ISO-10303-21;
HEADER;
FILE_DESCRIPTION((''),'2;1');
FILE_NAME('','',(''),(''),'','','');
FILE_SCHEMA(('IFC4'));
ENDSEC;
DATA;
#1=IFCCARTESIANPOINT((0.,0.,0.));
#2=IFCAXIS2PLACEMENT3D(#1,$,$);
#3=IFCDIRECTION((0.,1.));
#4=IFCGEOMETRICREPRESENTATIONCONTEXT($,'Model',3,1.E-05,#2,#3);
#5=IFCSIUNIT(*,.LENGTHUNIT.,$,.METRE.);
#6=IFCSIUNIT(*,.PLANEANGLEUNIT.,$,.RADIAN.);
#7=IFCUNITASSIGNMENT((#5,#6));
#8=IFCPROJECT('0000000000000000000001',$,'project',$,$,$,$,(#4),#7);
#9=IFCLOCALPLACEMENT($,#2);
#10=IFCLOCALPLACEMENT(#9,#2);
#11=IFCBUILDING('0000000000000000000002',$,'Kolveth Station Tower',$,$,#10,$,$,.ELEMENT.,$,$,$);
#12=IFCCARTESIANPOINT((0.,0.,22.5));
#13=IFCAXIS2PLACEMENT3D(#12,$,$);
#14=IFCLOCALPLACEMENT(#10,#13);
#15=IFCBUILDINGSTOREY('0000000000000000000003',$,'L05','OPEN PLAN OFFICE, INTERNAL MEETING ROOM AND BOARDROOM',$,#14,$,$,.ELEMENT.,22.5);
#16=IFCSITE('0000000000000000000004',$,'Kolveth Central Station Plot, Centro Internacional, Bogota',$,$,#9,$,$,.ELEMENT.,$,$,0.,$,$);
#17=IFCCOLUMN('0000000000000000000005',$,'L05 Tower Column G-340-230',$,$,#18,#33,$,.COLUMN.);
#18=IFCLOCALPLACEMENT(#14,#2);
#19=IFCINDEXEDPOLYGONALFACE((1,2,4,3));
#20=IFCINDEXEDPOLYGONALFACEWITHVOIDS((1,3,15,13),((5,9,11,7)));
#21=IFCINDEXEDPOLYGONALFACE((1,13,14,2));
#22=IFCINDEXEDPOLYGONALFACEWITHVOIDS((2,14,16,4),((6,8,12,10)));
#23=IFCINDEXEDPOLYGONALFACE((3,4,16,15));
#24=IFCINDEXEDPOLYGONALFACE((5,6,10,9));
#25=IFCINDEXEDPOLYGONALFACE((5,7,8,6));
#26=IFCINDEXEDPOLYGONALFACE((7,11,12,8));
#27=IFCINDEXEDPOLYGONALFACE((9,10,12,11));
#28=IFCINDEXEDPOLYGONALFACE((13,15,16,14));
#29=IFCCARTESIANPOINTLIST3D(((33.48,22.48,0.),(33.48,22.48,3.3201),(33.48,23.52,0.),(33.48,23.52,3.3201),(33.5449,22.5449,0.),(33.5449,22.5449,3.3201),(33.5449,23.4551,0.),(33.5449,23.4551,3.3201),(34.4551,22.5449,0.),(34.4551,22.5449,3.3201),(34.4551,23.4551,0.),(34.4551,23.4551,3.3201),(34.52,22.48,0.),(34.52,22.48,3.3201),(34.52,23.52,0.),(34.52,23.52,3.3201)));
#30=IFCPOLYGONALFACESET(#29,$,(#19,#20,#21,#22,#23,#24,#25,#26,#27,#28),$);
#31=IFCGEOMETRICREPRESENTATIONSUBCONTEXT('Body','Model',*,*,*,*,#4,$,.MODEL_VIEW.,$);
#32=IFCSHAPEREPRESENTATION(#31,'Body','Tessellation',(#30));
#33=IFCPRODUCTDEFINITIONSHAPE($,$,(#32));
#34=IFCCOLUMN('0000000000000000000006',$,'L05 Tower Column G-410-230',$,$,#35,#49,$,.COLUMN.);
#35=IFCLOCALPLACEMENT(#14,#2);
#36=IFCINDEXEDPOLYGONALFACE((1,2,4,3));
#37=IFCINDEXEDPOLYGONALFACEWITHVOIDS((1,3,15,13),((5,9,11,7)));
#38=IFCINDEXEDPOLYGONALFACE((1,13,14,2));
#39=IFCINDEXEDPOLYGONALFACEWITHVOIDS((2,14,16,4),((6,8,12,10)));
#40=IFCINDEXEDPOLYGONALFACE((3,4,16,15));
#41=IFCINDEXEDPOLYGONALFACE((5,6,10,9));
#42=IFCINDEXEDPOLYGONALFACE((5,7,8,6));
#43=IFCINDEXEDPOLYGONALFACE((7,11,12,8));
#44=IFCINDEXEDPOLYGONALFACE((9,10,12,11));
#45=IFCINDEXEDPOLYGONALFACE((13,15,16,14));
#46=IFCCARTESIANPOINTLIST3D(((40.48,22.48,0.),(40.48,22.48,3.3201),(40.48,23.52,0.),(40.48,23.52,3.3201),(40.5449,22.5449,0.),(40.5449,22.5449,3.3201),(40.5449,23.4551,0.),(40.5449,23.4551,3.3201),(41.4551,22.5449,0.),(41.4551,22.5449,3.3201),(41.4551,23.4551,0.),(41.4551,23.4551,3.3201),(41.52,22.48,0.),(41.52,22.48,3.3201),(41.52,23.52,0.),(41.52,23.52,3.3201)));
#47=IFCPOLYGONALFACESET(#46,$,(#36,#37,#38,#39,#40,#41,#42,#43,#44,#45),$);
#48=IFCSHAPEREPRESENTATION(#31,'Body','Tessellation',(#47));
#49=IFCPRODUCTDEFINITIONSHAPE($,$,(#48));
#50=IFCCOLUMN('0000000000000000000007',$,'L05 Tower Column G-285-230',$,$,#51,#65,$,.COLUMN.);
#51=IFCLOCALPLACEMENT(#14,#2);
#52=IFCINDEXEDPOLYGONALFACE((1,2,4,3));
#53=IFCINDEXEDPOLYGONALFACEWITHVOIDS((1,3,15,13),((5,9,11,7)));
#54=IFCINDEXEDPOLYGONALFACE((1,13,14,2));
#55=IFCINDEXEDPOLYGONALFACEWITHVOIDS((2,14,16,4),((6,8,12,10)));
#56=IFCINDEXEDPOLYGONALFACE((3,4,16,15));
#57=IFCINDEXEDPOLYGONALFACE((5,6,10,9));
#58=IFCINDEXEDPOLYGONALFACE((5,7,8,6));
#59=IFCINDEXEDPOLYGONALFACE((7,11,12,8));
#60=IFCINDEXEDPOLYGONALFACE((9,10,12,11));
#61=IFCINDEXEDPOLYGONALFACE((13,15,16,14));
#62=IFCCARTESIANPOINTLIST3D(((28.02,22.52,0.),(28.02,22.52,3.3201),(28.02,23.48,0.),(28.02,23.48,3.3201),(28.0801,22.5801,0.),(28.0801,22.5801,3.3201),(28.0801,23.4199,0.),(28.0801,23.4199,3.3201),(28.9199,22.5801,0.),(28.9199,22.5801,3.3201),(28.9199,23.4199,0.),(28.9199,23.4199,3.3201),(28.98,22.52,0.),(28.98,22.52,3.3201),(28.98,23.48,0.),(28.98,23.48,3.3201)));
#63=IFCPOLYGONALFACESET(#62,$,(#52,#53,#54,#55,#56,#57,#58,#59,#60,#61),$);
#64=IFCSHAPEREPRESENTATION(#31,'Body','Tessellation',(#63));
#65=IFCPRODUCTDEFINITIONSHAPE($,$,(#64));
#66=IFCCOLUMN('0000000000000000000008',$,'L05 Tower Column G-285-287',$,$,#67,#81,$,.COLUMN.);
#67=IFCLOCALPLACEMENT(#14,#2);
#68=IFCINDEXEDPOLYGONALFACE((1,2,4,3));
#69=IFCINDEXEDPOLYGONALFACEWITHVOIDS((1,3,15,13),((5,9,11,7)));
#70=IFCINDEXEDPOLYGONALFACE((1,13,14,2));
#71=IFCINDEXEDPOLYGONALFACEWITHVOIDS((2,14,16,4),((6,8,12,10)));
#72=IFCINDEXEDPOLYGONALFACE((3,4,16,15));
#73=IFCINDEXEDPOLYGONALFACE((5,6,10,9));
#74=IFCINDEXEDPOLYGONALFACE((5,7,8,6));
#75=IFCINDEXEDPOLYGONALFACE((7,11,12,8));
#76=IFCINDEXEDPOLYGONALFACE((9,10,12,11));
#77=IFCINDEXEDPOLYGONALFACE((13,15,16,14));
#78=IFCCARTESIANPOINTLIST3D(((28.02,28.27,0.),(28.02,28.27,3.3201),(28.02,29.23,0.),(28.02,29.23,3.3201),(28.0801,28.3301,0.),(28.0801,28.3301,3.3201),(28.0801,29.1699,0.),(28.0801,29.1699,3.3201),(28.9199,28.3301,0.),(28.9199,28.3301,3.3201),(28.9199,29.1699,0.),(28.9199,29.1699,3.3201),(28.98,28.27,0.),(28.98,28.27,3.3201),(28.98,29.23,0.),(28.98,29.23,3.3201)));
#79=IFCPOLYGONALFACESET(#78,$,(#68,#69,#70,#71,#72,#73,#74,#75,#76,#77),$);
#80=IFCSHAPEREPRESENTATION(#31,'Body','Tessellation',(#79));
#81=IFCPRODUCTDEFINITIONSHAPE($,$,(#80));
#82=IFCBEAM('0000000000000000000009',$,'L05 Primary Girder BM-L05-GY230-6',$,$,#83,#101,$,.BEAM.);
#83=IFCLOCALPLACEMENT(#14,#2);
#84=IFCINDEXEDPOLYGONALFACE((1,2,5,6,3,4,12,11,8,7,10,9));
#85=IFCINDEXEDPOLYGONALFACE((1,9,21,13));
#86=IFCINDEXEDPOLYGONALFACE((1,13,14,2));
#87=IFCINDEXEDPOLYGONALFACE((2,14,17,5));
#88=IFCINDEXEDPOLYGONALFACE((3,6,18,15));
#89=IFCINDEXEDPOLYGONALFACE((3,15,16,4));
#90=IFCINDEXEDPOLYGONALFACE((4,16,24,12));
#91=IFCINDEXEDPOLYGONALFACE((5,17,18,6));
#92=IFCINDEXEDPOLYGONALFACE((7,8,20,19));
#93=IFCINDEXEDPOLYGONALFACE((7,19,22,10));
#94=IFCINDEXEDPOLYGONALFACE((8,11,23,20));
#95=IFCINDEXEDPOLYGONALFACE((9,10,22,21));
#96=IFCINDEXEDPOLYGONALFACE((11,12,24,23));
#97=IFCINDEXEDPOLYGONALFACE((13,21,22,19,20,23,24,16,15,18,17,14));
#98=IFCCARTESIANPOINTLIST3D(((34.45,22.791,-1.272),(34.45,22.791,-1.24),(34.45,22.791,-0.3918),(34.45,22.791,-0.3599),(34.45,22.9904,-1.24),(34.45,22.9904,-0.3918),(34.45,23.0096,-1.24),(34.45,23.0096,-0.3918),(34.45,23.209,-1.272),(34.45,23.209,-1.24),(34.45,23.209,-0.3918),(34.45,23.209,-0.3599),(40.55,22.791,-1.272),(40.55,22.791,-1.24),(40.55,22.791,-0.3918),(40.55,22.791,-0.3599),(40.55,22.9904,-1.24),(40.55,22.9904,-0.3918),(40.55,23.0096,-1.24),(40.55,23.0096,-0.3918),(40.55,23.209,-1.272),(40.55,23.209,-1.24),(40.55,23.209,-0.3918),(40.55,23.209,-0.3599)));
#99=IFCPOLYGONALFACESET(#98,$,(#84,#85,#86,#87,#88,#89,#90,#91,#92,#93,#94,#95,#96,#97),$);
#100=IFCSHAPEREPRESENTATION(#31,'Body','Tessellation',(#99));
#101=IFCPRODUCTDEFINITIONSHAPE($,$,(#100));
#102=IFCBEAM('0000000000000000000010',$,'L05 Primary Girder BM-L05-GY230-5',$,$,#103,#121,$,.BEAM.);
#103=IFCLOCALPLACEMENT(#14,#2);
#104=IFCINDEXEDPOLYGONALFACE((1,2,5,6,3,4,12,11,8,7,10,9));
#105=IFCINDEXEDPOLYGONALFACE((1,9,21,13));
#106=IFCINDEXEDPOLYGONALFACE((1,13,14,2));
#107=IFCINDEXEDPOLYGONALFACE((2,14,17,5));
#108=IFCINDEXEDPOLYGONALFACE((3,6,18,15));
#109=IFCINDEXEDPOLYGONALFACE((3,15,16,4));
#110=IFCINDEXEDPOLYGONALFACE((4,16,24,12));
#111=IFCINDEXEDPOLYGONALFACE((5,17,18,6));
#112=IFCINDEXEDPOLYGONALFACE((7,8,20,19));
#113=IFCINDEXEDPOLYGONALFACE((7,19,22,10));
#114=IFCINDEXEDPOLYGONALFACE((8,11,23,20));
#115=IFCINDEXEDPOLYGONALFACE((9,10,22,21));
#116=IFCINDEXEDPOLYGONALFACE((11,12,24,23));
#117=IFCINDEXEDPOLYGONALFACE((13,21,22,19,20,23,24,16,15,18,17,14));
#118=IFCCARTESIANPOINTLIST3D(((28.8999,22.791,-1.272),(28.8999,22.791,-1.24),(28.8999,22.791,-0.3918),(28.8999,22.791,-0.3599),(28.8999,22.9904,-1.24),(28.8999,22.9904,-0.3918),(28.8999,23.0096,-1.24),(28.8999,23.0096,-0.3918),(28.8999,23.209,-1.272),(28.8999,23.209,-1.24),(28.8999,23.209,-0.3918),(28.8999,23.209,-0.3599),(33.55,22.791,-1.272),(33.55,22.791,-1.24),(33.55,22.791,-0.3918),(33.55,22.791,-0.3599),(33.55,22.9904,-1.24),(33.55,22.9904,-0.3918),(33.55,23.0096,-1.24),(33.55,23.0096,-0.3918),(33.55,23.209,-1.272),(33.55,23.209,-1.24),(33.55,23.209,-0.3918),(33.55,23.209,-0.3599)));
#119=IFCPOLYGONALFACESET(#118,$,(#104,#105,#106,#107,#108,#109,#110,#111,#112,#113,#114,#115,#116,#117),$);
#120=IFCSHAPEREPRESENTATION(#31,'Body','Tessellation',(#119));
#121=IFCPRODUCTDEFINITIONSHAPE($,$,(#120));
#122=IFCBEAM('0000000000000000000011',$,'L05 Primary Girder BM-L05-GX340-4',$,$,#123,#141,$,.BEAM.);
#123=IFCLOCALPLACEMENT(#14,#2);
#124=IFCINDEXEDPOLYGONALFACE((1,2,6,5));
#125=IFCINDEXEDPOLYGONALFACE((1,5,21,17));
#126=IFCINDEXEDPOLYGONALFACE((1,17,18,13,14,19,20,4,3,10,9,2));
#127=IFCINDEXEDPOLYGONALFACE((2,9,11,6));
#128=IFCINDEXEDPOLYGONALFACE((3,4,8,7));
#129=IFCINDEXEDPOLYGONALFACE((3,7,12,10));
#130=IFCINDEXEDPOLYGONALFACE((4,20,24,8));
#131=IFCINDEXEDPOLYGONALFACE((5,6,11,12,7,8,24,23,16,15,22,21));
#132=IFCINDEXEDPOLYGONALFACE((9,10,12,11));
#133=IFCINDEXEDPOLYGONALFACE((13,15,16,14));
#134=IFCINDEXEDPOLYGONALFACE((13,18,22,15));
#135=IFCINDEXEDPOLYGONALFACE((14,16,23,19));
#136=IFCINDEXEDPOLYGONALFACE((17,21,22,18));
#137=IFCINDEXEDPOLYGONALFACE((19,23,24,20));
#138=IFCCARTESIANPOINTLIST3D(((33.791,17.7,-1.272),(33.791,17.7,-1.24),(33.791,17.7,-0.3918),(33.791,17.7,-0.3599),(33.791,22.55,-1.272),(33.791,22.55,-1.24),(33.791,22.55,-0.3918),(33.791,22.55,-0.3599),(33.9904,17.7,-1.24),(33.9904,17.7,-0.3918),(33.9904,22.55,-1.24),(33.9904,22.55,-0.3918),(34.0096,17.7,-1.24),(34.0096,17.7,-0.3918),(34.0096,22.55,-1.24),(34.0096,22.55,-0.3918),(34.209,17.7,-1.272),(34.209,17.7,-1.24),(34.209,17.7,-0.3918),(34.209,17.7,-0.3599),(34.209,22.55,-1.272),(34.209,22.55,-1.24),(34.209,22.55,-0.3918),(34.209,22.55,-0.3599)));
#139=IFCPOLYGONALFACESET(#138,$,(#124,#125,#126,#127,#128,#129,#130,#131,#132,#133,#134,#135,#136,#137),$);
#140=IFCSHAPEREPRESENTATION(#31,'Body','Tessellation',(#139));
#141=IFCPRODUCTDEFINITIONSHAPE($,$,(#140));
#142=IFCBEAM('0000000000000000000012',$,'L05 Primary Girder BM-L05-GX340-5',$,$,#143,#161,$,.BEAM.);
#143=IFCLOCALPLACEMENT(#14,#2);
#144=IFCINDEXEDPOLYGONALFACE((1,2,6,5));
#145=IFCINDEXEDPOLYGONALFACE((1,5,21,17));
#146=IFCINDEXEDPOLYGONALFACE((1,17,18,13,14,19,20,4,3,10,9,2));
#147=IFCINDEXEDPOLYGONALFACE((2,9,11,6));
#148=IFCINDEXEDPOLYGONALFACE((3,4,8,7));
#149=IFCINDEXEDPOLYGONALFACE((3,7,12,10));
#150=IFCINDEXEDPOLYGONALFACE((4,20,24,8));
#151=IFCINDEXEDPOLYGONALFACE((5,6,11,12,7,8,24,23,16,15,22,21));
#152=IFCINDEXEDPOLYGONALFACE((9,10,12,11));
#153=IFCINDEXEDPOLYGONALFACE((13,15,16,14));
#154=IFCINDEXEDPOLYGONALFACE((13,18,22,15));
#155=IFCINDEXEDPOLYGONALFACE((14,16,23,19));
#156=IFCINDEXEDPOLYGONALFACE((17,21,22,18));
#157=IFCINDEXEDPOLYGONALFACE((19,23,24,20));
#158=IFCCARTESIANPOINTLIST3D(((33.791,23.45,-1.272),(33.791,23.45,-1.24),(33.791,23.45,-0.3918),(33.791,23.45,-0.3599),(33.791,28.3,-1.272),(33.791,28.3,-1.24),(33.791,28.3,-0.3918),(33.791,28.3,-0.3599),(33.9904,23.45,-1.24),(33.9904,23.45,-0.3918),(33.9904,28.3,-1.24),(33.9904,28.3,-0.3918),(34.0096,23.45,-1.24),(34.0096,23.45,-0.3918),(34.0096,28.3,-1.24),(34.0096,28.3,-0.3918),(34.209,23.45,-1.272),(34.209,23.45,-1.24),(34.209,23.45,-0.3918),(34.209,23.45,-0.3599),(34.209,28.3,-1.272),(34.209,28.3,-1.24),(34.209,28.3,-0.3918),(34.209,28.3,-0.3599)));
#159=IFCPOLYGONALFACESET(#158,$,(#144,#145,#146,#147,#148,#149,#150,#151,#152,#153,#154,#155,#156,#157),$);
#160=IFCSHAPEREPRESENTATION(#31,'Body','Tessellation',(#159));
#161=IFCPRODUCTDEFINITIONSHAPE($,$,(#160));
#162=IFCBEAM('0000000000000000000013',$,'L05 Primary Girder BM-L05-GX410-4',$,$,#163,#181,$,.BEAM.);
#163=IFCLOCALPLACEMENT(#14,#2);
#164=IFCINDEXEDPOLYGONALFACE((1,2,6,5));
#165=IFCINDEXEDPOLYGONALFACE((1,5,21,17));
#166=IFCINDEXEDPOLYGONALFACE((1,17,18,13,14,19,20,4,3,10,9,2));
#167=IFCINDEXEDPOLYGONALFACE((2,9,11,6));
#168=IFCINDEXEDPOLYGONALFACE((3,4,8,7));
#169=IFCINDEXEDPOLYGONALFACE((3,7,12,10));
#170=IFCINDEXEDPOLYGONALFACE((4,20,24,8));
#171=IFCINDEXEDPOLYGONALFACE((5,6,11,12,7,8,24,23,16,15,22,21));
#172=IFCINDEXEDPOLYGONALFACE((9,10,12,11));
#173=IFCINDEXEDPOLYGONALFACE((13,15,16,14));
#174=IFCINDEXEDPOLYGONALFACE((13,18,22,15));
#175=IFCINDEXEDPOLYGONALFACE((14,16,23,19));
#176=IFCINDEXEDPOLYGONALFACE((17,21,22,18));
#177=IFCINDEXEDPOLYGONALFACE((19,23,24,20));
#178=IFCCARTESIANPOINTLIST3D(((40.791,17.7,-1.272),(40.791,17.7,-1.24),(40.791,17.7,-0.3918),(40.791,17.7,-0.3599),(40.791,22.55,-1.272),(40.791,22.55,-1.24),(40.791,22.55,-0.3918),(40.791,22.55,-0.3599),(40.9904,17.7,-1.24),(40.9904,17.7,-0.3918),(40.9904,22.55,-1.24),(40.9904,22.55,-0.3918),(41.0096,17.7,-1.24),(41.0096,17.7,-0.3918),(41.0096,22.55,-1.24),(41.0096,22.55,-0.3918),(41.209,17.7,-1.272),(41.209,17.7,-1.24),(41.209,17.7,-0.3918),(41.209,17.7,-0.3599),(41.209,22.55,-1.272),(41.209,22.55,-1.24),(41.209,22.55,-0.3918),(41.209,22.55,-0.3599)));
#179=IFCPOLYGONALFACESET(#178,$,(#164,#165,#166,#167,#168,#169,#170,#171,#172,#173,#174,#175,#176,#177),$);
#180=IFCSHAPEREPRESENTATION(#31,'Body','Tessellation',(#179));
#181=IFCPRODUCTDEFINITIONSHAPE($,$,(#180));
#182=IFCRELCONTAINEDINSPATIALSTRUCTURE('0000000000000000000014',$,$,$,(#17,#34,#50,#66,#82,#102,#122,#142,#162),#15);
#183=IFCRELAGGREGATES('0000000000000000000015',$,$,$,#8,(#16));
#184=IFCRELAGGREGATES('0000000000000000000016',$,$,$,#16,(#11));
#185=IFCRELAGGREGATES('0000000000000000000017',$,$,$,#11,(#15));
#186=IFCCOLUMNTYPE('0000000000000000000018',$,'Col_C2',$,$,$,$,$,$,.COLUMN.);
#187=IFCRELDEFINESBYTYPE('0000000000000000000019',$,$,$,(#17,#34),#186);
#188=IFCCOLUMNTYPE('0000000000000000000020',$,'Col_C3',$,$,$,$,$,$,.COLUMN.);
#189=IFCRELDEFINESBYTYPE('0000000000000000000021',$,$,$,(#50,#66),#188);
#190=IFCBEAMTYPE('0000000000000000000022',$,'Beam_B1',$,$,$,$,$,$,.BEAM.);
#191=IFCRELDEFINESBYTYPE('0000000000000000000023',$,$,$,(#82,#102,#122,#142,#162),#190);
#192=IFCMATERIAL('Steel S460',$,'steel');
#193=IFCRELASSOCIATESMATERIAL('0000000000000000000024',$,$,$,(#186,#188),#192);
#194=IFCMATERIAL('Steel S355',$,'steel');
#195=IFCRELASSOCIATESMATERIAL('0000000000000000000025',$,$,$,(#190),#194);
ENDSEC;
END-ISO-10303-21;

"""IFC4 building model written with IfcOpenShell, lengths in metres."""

from ifc_helpers import new_model, si_unit, direction, frame, origin, origin_2d, place, context, subcontext, project, spatial, hollow_rectangle, i_section, extrude, source, transform, mapped, material, material_profile, profile_set, type_object, element, save


model = new_model("IFC4")

# Units and contexts
model_context = context("Model", 3, precision=1e-05, world=origin(), true_north=direction((0.0, 1.0)))
body_context = subcontext(model_context, "Body", "Model", "MODEL_VIEW")
ifc_project = project(units=[si_unit("LENGTHUNIT", "METRE"), si_unit("PLANEANGLEUNIT", "RADIAN")], contexts=[model_context])

# Site, building, storey
site_placement = place(None, origin())
site = spatial("IfcSite", under=ifc_project, at=site_placement, Name="Kolveth Central Station Plot, Centro Internacional, Bogota", CompositionType="ELEMENT", RefElevation=0.0)
building_placement = place(site_placement, origin())
building = spatial("IfcBuilding", under=site, at=building_placement, Name="Kolveth Station Tower", CompositionType="ELEMENT")
storey_placement = place(building_placement, frame((0.0, 0.0, 22.5)))
storey = spatial("IfcBuildingStorey", under=building, at=storey_placement, Name="L05", Description="OPEN PLAN OFFICE, INTERNAL MEETING ROOM AND BOARDROOM", CompositionType="ELEMENT", Elevation=22.5)

# Columns
ifc_material_1 = material(Name="Steel S460", Category="steel")
ifc_material_profile_1 = material_profile(ifc_material_1, hollow_rectangle(XDim=1.04, YDim=1.04, WallThickness=0.0649, at=origin_2d()), Name="BOX1040x1040x65")
ifc_profile_set_1 = profile_set([ifc_material_profile_1], Name="Steel S460")
column_type_1 = type_object("IfcColumnType", Name="Col_C2", PredefinedType="COLUMN", material=ifc_profile_set_1)
shared_shape_1 = source(origin(), body_context, "Body", "SweptSolid", [
    extrude(hollow_rectangle(XDim=1.04, YDim=1.04, WallThickness=0.0649, at=origin_2d()), origin(), (0.0, 0.0, 1.0), 3.3201),
])
for number, where, z_axis, x_axis, name in (
    (1, (34.0, 23.0, 0.0), (0.0, 0.0, 1.0), (1.0, 0.0, 0.0), "L05 Tower Column G-340-230"),
    (2, (41.0, 23.0, 0.0), (0.0, 0.0, 1.0), (1.0, 0.0, 0.0), "L05 Tower Column G-410-230"),
):
    element("IfcColumn", number, at=place(storey_placement, frame(where, z_axis=z_axis, x_axis=x_axis)), inside=storey, type_object=column_type_1, Name=name, PredefinedType="COLUMN", context=body_context, shape_type="MappedRepresentation", body=[
        mapped(shared_shape_1, transform((0.0, 0.0, 0.0), x_axis=(1.0, 0.0, 0.0), y_axis=(0.0, 1.0, 0.0), z_axis=(0.0, 0.0, 1.0), scale=1.0)),
    ])
ifc_material_profile_2 = material_profile(ifc_material_1, hollow_rectangle(XDim=0.96, YDim=0.96, WallThickness=0.0601, at=origin_2d()), Name="BOX960x960x60")
ifc_profile_set_2 = profile_set([ifc_material_profile_2], Name="Steel S460")
column_type_2 = type_object("IfcColumnType", Name="Col_C3", PredefinedType="COLUMN", material=ifc_profile_set_2)
shared_shape_2 = source(origin(), body_context, "Body", "SweptSolid", [
    extrude(hollow_rectangle(XDim=0.96, YDim=0.96, WallThickness=0.0601, at=origin_2d()), origin(), (0.0, 0.0, 1.0), 3.3201),
])
for number, where, z_axis, x_axis, name in (
    (3, (28.5, 23.0, 0.0), (0.0, 0.0, 1.0), (1.0, 0.0, 0.0), "L05 Tower Column G-285-230"),
    (4, (28.5, 28.75, 0.0), (0.0, 0.0, 1.0), (1.0, 0.0, 0.0), "L05 Tower Column G-285-287"),
):
    element("IfcColumn", number, at=place(storey_placement, frame(where, z_axis=z_axis, x_axis=x_axis)), inside=storey, type_object=column_type_2, Name=name, PredefinedType="COLUMN", context=body_context, shape_type="MappedRepresentation", body=[
        mapped(shared_shape_2, transform((0.0, 0.0, 0.0), x_axis=(1.0, 0.0, 0.0), y_axis=(0.0, 1.0, 0.0), z_axis=(0.0, 0.0, 1.0), scale=1.0)),
    ])

# Beams
ifc_material_2 = material(Name="Steel S355", Category="steel")
ifc_material_profile_3 = material_profile(ifc_material_2, i_section(OverallWidth=0.418, OverallDepth=0.9121, WebThickness=0.0193, FlangeThickness=0.032, at=origin_2d()), Name="W920x342")
ifc_profile_set_3 = profile_set([ifc_material_profile_3], Name="Steel S355")
beam_type_1 = type_object("IfcBeamType", Name="Beam_B1", PredefinedType="BEAM", material=ifc_profile_set_3)
shared_shape_3 = source(origin(), body_context, "Body", "SweptSolid", [
    extrude(i_section(OverallWidth=0.418, OverallDepth=0.9121, WebThickness=0.0193, FlangeThickness=0.032, at=origin_2d()), origin(), (0.0, 0.0, 1.0), 6.1001),
])
beam_1_placement = place(storey_placement, frame((34.45, 23.0, -0.8159), z_axis=(1.0, 0.0, 0.0), x_axis=(0.0, 1.0, 0.0)))
element("IfcBeam", 5, at=beam_1_placement, inside=storey, type_object=beam_type_1, Name="L05 Primary Girder BM-L05-GY230-6", PredefinedType="BEAM", context=body_context, shape_type="MappedRepresentation", body=[
    mapped(shared_shape_3, transform((0.0, 0.0, 0.0), x_axis=(1.0, 0.0, 0.0), y_axis=(0.0, 1.0, 0.0), z_axis=(0.0, 0.0, 1.0), scale=1.0)),
])
shared_shape_4 = source(origin(), body_context, "Body", "SweptSolid", [
    extrude(i_section(OverallWidth=0.418, OverallDepth=0.9121, WebThickness=0.0193, FlangeThickness=0.032, at=origin_2d()), origin(), (0.0, 0.0, 1.0), 4.6501),
])
beam_2_placement = place(storey_placement, frame((28.8999, 23.0, -0.8159), z_axis=(1.0, 0.0, 0.0), x_axis=(0.0, 1.0, 0.0)))
element("IfcBeam", 6, at=beam_2_placement, inside=storey, type_object=beam_type_1, Name="L05 Primary Girder BM-L05-GY230-5", PredefinedType="BEAM", context=body_context, shape_type="MappedRepresentation", body=[
    mapped(shared_shape_4, transform((0.0, 0.0, 0.0), x_axis=(1.0, 0.0, 0.0), y_axis=(0.0, 1.0, 0.0), z_axis=(0.0, 0.0, 1.0), scale=1.0)),
])
shared_shape_5 = source(origin(), body_context, "Body", "SweptSolid", [
    extrude(i_section(OverallWidth=0.418, OverallDepth=0.9121, WebThickness=0.0193, FlangeThickness=0.032, at=origin_2d()), origin(), (0.0, 0.0, 1.0), 4.8501),
])
for number, where, z_axis, x_axis, name in (
    (7, (34.0, 17.7, -0.8159), (0.0, 1.0, 0.0), (-1.0, 0.0, 0.0), "L05 Primary Girder BM-L05-GX340-4"),
    (8, (34.0, 23.45, -0.8159), (0.0, 1.0, 0.0), (-1.0, 0.0, 0.0), "L05 Primary Girder BM-L05-GX340-5"),
    (9, (41.0, 17.7, -0.8159), (0.0, 1.0, 0.0), (-1.0, 0.0, 0.0), "L05 Primary Girder BM-L05-GX410-4"),
):
    element("IfcBeam", number, at=place(storey_placement, frame(where, z_axis=z_axis, x_axis=x_axis)), inside=storey, type_object=beam_type_1, Name=name, PredefinedType="BEAM", context=body_context, shape_type="MappedRepresentation", body=[
        mapped(shared_shape_5, transform((0.0, 0.0, 0.0), x_axis=(1.0, 0.0, 0.0), y_axis=(0.0, 1.0, 0.0), z_axis=(0.0, 0.0, 1.0), scale=1.0)),
    ])

save(model, "model.ifc")
